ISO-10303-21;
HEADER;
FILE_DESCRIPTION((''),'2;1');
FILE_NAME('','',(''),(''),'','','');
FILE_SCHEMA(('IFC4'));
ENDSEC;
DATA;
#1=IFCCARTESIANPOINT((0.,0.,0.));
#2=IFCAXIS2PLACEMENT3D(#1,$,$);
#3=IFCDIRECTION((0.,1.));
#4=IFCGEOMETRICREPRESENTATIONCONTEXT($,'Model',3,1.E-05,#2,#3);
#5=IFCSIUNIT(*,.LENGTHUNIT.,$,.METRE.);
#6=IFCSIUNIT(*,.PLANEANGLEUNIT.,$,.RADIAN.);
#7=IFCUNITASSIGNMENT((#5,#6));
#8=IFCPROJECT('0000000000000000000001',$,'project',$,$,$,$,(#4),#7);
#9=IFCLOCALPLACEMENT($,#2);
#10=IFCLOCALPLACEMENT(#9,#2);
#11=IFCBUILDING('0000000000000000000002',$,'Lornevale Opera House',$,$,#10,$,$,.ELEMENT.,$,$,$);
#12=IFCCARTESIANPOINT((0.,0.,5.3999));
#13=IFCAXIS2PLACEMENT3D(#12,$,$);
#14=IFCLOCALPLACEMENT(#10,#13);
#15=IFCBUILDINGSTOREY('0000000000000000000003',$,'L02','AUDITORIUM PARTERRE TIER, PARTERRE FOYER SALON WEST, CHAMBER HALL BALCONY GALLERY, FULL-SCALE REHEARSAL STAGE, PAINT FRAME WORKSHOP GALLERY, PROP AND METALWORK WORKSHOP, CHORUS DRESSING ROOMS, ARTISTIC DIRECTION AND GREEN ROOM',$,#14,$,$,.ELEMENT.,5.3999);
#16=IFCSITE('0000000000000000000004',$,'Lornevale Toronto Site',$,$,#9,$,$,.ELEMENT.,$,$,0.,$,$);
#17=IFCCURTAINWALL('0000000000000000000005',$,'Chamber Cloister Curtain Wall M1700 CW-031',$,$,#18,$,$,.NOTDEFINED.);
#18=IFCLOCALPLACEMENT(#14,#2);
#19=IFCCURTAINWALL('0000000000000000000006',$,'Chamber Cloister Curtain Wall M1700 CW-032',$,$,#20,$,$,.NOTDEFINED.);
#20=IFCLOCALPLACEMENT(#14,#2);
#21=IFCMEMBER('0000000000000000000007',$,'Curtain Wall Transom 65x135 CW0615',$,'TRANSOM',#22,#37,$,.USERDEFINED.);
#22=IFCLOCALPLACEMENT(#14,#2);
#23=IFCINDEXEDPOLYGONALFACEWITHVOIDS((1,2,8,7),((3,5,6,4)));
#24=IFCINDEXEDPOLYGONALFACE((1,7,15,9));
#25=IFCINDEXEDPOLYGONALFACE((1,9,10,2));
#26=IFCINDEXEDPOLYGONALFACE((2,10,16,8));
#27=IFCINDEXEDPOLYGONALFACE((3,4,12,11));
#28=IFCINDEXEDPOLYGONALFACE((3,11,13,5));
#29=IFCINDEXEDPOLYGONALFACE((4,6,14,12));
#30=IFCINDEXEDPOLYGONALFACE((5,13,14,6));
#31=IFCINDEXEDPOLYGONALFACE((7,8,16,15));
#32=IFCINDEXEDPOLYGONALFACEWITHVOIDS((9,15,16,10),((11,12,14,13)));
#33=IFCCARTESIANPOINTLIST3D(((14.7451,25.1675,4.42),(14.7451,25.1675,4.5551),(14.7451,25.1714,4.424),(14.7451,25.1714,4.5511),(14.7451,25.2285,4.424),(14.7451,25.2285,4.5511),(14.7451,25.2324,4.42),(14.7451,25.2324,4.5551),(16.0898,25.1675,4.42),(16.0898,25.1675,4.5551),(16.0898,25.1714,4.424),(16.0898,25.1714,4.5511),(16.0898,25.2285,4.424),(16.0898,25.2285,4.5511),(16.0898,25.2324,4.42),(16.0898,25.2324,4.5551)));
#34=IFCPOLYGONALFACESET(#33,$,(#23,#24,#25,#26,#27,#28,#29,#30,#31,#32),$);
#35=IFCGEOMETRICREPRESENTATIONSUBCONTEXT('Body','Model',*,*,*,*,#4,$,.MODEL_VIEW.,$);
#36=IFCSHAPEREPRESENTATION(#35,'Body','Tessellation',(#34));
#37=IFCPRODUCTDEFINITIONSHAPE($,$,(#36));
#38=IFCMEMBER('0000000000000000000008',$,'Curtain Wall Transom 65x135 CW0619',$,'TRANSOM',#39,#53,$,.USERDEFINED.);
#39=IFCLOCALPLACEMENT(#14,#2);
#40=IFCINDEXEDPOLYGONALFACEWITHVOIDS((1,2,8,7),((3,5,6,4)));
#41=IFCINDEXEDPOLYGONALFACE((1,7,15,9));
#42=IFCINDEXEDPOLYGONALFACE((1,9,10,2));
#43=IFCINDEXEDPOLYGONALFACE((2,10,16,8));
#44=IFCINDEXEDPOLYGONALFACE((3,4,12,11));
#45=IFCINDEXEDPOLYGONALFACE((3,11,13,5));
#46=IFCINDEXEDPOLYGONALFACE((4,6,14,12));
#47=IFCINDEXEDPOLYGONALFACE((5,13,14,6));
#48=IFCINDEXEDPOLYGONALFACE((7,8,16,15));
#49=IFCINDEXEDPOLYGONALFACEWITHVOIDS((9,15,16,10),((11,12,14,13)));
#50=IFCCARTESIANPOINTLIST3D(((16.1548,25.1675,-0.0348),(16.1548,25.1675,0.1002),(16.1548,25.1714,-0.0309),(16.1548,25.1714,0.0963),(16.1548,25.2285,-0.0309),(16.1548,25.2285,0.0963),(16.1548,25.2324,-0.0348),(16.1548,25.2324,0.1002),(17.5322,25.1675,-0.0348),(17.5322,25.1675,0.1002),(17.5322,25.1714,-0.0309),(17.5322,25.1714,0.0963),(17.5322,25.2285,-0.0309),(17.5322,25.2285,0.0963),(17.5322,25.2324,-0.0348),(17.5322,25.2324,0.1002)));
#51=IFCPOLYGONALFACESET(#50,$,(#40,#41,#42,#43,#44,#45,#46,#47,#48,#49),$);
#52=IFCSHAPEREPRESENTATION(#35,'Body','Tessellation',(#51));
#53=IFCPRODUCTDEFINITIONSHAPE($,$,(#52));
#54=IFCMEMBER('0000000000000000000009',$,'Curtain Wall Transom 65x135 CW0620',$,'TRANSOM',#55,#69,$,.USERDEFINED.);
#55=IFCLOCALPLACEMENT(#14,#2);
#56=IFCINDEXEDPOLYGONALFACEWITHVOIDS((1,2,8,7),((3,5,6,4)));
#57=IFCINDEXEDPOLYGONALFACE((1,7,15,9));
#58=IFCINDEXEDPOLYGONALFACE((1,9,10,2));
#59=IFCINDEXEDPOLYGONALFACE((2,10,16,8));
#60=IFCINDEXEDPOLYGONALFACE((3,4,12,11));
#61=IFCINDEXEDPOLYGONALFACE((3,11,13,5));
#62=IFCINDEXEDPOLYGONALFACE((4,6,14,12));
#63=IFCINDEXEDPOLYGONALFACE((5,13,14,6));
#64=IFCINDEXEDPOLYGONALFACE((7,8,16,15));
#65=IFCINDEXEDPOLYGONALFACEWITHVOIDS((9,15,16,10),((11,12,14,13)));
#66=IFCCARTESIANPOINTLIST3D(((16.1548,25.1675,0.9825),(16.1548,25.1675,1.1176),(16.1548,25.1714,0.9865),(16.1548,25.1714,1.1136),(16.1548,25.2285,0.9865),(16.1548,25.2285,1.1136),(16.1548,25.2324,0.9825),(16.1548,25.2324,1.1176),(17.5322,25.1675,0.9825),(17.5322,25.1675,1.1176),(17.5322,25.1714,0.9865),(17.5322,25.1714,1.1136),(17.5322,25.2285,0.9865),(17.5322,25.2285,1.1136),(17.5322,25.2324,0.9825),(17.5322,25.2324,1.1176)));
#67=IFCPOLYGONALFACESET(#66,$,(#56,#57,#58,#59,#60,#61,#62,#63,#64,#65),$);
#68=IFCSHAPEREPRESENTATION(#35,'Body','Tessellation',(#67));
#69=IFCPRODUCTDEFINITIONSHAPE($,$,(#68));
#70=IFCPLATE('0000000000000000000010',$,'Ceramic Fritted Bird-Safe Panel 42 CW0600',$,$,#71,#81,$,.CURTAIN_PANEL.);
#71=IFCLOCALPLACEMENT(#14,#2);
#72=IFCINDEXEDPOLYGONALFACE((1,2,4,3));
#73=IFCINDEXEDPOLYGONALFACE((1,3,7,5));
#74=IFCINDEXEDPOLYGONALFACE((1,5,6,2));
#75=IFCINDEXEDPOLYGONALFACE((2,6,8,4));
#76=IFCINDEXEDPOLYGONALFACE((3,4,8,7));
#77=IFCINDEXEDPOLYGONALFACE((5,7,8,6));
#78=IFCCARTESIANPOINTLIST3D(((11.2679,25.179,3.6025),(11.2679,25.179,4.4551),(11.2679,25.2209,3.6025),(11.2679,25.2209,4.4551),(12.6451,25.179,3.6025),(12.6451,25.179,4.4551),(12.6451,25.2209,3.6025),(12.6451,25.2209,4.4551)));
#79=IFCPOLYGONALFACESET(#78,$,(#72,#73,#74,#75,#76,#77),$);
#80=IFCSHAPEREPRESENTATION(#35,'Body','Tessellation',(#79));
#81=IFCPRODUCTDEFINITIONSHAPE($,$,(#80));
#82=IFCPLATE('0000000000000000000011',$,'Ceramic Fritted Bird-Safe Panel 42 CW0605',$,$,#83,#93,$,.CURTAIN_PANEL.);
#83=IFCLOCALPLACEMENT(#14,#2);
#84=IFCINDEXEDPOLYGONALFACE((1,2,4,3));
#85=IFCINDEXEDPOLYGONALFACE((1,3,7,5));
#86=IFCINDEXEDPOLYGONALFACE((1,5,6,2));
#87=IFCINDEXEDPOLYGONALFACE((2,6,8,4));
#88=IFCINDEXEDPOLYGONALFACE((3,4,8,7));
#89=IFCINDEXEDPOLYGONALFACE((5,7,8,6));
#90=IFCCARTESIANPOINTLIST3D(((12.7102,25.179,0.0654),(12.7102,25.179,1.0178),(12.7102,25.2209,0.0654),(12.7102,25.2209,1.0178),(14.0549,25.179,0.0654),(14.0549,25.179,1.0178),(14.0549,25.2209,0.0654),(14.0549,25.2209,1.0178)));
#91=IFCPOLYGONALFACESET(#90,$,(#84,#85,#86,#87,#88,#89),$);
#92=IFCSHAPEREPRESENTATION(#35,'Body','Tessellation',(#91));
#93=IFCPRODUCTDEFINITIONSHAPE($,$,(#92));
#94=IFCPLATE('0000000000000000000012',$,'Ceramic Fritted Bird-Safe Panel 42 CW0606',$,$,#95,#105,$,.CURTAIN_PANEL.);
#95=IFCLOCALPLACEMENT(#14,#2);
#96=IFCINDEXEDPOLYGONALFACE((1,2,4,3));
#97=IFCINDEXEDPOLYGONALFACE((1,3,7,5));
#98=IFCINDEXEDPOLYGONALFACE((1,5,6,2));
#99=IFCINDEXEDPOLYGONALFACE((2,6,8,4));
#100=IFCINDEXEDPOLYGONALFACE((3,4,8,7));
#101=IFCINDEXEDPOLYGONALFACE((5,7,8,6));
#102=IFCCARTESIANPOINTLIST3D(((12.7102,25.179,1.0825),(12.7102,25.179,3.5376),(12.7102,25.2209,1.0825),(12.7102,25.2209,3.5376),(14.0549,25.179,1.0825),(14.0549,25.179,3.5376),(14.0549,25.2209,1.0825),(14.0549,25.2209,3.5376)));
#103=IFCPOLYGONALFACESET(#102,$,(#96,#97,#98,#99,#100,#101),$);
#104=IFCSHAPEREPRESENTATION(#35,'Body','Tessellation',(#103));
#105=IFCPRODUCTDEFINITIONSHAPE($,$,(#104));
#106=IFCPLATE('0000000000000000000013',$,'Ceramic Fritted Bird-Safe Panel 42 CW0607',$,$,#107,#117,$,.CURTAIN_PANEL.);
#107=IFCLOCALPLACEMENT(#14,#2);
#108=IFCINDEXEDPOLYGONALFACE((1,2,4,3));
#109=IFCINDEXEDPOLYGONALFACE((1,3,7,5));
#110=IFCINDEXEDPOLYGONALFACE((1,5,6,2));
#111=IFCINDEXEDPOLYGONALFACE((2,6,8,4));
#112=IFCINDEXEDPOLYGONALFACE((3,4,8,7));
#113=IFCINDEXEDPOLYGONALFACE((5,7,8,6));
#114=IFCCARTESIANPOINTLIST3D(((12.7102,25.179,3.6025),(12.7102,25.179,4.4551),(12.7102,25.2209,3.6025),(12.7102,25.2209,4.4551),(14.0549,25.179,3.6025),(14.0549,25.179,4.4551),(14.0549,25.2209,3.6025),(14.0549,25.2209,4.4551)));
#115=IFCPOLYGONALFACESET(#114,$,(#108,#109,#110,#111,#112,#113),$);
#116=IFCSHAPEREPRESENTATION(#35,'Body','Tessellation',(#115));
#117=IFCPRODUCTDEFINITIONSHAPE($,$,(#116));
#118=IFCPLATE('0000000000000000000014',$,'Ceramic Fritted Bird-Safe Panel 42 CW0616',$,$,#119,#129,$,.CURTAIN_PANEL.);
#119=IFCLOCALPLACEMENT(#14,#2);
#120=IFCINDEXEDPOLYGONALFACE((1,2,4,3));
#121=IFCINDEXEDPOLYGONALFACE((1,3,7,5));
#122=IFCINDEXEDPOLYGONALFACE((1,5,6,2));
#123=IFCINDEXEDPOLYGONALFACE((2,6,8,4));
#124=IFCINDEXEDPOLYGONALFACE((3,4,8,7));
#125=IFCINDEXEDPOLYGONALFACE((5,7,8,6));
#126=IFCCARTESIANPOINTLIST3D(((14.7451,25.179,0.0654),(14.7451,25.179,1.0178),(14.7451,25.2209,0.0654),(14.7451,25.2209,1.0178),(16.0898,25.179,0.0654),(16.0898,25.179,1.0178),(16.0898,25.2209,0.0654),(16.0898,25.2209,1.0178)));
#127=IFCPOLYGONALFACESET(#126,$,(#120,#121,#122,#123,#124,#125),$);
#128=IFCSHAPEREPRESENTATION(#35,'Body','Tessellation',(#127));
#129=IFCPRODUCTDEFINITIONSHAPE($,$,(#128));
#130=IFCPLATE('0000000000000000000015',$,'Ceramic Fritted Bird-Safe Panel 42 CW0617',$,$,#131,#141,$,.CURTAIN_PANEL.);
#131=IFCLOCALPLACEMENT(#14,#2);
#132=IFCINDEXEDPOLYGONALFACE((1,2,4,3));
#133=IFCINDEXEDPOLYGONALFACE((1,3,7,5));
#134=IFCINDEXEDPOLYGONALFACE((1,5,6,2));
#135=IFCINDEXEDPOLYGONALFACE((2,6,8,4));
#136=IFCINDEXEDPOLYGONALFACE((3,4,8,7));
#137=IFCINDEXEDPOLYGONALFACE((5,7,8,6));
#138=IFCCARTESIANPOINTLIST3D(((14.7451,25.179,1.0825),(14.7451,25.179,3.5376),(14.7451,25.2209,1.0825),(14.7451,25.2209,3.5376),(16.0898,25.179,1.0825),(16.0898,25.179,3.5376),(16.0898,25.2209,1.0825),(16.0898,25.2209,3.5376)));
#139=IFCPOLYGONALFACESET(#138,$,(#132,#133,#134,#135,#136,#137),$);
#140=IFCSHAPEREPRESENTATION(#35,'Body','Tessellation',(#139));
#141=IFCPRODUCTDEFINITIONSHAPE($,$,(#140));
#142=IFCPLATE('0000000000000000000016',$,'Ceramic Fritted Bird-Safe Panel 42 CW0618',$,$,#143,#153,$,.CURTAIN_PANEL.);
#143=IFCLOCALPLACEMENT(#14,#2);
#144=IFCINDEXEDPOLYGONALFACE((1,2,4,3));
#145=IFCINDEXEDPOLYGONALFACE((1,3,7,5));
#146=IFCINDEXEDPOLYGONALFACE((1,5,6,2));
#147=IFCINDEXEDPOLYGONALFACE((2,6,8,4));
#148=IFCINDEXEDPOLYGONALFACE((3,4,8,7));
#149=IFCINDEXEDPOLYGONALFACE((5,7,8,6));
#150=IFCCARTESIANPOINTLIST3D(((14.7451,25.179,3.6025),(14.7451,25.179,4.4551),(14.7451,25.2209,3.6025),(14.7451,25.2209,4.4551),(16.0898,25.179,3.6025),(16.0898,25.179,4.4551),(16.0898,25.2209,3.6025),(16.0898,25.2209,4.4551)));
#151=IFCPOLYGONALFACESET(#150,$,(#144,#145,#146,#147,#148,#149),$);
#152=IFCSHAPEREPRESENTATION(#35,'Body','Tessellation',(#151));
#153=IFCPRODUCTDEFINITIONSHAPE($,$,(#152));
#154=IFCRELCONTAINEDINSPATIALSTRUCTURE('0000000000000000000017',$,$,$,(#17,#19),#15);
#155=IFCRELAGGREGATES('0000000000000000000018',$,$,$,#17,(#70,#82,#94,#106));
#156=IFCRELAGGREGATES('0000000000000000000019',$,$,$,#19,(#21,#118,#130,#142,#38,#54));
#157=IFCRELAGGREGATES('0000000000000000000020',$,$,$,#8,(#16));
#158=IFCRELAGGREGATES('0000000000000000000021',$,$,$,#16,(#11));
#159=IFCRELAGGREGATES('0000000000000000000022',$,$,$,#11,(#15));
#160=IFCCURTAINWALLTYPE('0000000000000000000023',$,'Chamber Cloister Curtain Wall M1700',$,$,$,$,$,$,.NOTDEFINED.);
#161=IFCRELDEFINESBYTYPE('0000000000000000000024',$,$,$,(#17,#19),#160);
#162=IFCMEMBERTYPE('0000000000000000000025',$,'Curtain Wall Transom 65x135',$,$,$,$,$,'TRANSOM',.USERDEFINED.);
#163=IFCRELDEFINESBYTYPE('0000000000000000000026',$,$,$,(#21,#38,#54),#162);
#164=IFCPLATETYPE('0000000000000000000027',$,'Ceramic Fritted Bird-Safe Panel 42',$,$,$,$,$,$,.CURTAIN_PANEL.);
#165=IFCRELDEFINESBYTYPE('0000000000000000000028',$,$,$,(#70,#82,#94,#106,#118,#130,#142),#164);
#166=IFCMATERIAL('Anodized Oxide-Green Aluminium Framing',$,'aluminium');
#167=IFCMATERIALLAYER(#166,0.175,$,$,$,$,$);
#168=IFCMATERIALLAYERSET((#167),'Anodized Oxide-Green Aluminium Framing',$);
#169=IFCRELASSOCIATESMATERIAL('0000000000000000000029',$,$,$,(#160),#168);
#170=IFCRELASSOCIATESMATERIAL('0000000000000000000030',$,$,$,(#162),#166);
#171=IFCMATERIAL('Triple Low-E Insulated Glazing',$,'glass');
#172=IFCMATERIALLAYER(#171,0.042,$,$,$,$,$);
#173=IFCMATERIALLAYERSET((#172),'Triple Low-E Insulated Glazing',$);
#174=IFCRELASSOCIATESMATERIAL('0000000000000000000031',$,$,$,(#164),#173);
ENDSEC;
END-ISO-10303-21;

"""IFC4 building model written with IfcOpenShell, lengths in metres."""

from ifc_helpers import new_model, si_unit, direction, frame, origin, origin_2d, place, context, subcontext, project, spatial, rectangle, hollow_rectangle, extrude, material, layer, layer_set, material_profile, profile_set, type_object, element, aggregate, save


model = new_model("IFC4")

# Units and contexts
model_context = context("Model", 3, precision=1e-05, world=origin(), true_north=direction((0.0, 1.0)))
body_context = subcontext(model_context, "Body", "Model", "MODEL_VIEW")
ifc_project = project(units=[si_unit("LENGTHUNIT", "METRE"), si_unit("PLANEANGLEUNIT", "RADIAN")], contexts=[model_context])

# Site, building, storey
site_placement = place(None, origin())
site = spatial("IfcSite", under=ifc_project, at=site_placement, Name="Lornevale Toronto Site", CompositionType="ELEMENT", RefElevation=0.0)
building_placement = place(site_placement, origin())
building = spatial("IfcBuilding", under=site, at=building_placement, Name="Lornevale Opera House", CompositionType="ELEMENT")
storey_placement = place(building_placement, frame((0.0, 0.0, 5.3999)))
storey = spatial("IfcBuildingStorey", under=building, at=storey_placement, Name="L02", Description="AUDITORIUM PARTERRE TIER, PARTERRE FOYER SALON WEST, CHAMBER HALL BALCONY GALLERY, FULL-SCALE REHEARSAL STAGE, PAINT FRAME WORKSHOP GALLERY, PROP AND METALWORK WORKSHOP, CHORUS DRESSING ROOMS, ARTISTIC DIRECTION AND GREEN ROOM", CompositionType="ELEMENT", Elevation=5.3999)

# Curtain walls
ifc_material_1 = material(Name="Anodized Oxide-Green Aluminium Framing", Category="aluminium")
ifc_layer_1 = layer(ifc_material_1, 0.175)
ifc_layer_set_1 = layer_set([ifc_layer_1], Name="Anodized Oxide-Green Aluminium Framing")
curtain_wall_type = type_object("IfcCurtainWallType", Name="Chamber Cloister Curtain Wall M1700", PredefinedType="NOTDEFINED", material=ifc_layer_set_1)
curtain_wall_1_placement = place(storey_placement, origin())
curtain_wall_1 = element("IfcCurtainWall", 1, at=curtain_wall_1_placement, inside=storey, type_object=curtain_wall_type, Name="Chamber Cloister Curtain Wall M1700 CW-031", PredefinedType="NOTDEFINED")
curtain_wall_2_placement = place(storey_placement, origin())
curtain_wall_2 = element("IfcCurtainWall", 2, at=curtain_wall_2_placement, inside=storey, type_object=curtain_wall_type, Name="Chamber Cloister Curtain Wall M1700 CW-032", PredefinedType="NOTDEFINED")

# Members
ifc_material_profile_1 = material_profile(ifc_material_1, hollow_rectangle(XDim=0.0649, YDim=0.135, WallThickness=0.0039, at=origin_2d()), Name="ALU65x135x4")
ifc_profile_set_1 = profile_set([ifc_material_profile_1], Name="Anodized Oxide-Green Aluminium Framing")
member_type_1 = type_object("IfcMemberType", Name="Curtain Wall Transom 65x135", ElementType="TRANSOM", PredefinedType="USERDEFINED", material=ifc_profile_set_1)
member_1_placement = place(storey_placement, frame((14.7451, 25.2, 4.4875), z_axis=(1.0, 0.0, 0.0), x_axis=(0.0, 1.0, 0.0)))
member_1 = element("IfcMember", 3, at=member_1_placement, type_object=member_type_1, Name="Curtain Wall Transom 65x135 CW0615", ObjectType="TRANSOM", PredefinedType="USERDEFINED", context=body_context, shape_type="SweptSolid", body=[
    extrude(hollow_rectangle(XDim=0.0649, YDim=0.135, WallThickness=0.0039, at=origin_2d()), origin(), (0.0, 0.0, 1.0), 1.3447),
])
member_2_placement = place(storey_placement, frame((16.1548, 25.2, 0.0327), z_axis=(1.0, 0.0, 0.0), x_axis=(0.0, 1.0, 0.0)))
member_2 = element("IfcMember", 4, at=member_2_placement, type_object=member_type_1, Name="Curtain Wall Transom 65x135 CW0619", ObjectType="TRANSOM", PredefinedType="USERDEFINED", context=body_context, shape_type="SweptSolid", body=[
    extrude(hollow_rectangle(XDim=0.0649, YDim=0.135, WallThickness=0.0039, at=origin_2d()), origin(), (0.0, 0.0, 1.0), 1.3774),
])
member_3_placement = place(storey_placement, frame((16.1548, 25.2, 1.05), z_axis=(1.0, 0.0, 0.0), x_axis=(0.0, 1.0, 0.0)))
member_3 = element("IfcMember", 5, at=member_3_placement, type_object=member_type_1, Name="Curtain Wall Transom 65x135 CW0620", ObjectType="TRANSOM", PredefinedType="USERDEFINED", context=body_context, shape_type="SweptSolid", body=[
    extrude(hollow_rectangle(XDim=0.0649, YDim=0.135, WallThickness=0.0039, at=origin_2d()), origin(), (0.0, 0.0, 1.0), 1.3774),
])

# Plates
ifc_material_2 = material(Name="Triple Low-E Insulated Glazing", Category="glass")
ifc_layer_2 = layer(ifc_material_2, 0.042)
ifc_layer_set_2 = layer_set([ifc_layer_2], Name="Triple Low-E Insulated Glazing")
plate_type = type_object("IfcPlateType", Name="Ceramic Fritted Bird-Safe Panel 42", PredefinedType="CURTAIN_PANEL", material=ifc_layer_set_2)
plate_1_placement = place(storey_placement, frame((11.9565, 25.2, 3.6025), z_axis=(0.0, 0.0, 1.0), x_axis=(1.0, 0.0, 0.0)))
plate_1 = element("IfcPlate", 6, at=plate_1_placement, type_object=plate_type, Name="Ceramic Fritted Bird-Safe Panel 42 CW0600", PredefinedType="CURTAIN_PANEL", context=body_context, shape_type="SweptSolid", body=[
    extrude(rectangle(XDim=1.3772, YDim=0.042, at=origin_2d()), origin(), (0.0, 0.0, 1.0), 0.8525),
])
plate_2_placement = place(storey_placement, frame((13.3826, 25.2, 0.0654), z_axis=(0.0, 0.0, 1.0), x_axis=(1.0, 0.0, 0.0)))
plate_2 = element("IfcPlate", 7, at=plate_2_placement, type_object=plate_type, Name="Ceramic Fritted Bird-Safe Panel 42 CW0605", PredefinedType="CURTAIN_PANEL", context=body_context, shape_type="SweptSolid", body=[
    extrude(rectangle(XDim=1.3447, YDim=0.042, at=origin_2d()), origin(), (0.0, 0.0, 1.0), 0.9524),
])
plate_3_placement = place(storey_placement, frame((13.3826, 25.2, 1.0825), z_axis=(0.0, 0.0, 1.0), x_axis=(1.0, 0.0, 0.0)))
plate_3 = element("IfcPlate", 8, at=plate_3_placement, type_object=plate_type, Name="Ceramic Fritted Bird-Safe Panel 42 CW0606", PredefinedType="CURTAIN_PANEL", context=body_context, shape_type="SweptSolid", body=[
    extrude(rectangle(XDim=1.3447, YDim=0.042, at=origin_2d()), origin(), (0.0, 0.0, 1.0), 2.4551),
])
plate_4_placement = place(storey_placement, frame((13.3826, 25.2, 3.6025), z_axis=(0.0, 0.0, 1.0), x_axis=(1.0, 0.0, 0.0)))
plate_4 = element("IfcPlate", 9, at=plate_4_placement, type_object=plate_type, Name="Ceramic Fritted Bird-Safe Panel 42 CW0607", PredefinedType="CURTAIN_PANEL", context=body_context, shape_type="SweptSolid", body=[
    extrude(rectangle(XDim=1.3447, YDim=0.042, at=origin_2d()), origin(), (0.0, 0.0, 1.0), 0.8525),
])
aggregate(curtain_wall_1, [plate_1, plate_2, plate_3, plate_4])
plate_5_placement = place(storey_placement, frame((15.4175, 25.2, 0.0654), z_axis=(0.0, 0.0, 1.0), x_axis=(1.0, 0.0, 0.0)))
plate_5 = element("IfcPlate", 10, at=plate_5_placement, type_object=plate_type, Name="Ceramic Fritted Bird-Safe Panel 42 CW0616", PredefinedType="CURTAIN_PANEL", context=body_context, shape_type="SweptSolid", body=[
    extrude(rectangle(XDim=1.3447, YDim=0.042, at=origin_2d()), origin(), (0.0, 0.0, 1.0), 0.9524),
])
plate_6_placement = place(storey_placement, frame((15.4175, 25.2, 1.0825), z_axis=(0.0, 0.0, 1.0), x_axis=(1.0, 0.0, 0.0)))
plate_6 = element("IfcPlate", 11, at=plate_6_placement, type_object=plate_type, Name="Ceramic Fritted Bird-Safe Panel 42 CW0617", PredefinedType="CURTAIN_PANEL", context=body_context, shape_type="SweptSolid", body=[
    extrude(rectangle(XDim=1.3447, YDim=0.042, at=origin_2d()), origin(), (0.0, 0.0, 1.0), 2.4551),
])
plate_7_placement = place(storey_placement, frame((15.4175, 25.2, 3.6025), z_axis=(0.0, 0.0, 1.0), x_axis=(1.0, 0.0, 0.0)))
plate_7 = element("IfcPlate", 12, at=plate_7_placement, type_object=plate_type, Name="Ceramic Fritted Bird-Safe Panel 42 CW0618", PredefinedType="CURTAIN_PANEL", context=body_context, shape_type="SweptSolid", body=[
    extrude(rectangle(XDim=1.3447, YDim=0.042, at=origin_2d()), origin(), (0.0, 0.0, 1.0), 0.8525),
])
aggregate(curtain_wall_2, [member_1, plate_5, plate_6, plate_7, member_2, member_3])

save(model, "model.ifc")
